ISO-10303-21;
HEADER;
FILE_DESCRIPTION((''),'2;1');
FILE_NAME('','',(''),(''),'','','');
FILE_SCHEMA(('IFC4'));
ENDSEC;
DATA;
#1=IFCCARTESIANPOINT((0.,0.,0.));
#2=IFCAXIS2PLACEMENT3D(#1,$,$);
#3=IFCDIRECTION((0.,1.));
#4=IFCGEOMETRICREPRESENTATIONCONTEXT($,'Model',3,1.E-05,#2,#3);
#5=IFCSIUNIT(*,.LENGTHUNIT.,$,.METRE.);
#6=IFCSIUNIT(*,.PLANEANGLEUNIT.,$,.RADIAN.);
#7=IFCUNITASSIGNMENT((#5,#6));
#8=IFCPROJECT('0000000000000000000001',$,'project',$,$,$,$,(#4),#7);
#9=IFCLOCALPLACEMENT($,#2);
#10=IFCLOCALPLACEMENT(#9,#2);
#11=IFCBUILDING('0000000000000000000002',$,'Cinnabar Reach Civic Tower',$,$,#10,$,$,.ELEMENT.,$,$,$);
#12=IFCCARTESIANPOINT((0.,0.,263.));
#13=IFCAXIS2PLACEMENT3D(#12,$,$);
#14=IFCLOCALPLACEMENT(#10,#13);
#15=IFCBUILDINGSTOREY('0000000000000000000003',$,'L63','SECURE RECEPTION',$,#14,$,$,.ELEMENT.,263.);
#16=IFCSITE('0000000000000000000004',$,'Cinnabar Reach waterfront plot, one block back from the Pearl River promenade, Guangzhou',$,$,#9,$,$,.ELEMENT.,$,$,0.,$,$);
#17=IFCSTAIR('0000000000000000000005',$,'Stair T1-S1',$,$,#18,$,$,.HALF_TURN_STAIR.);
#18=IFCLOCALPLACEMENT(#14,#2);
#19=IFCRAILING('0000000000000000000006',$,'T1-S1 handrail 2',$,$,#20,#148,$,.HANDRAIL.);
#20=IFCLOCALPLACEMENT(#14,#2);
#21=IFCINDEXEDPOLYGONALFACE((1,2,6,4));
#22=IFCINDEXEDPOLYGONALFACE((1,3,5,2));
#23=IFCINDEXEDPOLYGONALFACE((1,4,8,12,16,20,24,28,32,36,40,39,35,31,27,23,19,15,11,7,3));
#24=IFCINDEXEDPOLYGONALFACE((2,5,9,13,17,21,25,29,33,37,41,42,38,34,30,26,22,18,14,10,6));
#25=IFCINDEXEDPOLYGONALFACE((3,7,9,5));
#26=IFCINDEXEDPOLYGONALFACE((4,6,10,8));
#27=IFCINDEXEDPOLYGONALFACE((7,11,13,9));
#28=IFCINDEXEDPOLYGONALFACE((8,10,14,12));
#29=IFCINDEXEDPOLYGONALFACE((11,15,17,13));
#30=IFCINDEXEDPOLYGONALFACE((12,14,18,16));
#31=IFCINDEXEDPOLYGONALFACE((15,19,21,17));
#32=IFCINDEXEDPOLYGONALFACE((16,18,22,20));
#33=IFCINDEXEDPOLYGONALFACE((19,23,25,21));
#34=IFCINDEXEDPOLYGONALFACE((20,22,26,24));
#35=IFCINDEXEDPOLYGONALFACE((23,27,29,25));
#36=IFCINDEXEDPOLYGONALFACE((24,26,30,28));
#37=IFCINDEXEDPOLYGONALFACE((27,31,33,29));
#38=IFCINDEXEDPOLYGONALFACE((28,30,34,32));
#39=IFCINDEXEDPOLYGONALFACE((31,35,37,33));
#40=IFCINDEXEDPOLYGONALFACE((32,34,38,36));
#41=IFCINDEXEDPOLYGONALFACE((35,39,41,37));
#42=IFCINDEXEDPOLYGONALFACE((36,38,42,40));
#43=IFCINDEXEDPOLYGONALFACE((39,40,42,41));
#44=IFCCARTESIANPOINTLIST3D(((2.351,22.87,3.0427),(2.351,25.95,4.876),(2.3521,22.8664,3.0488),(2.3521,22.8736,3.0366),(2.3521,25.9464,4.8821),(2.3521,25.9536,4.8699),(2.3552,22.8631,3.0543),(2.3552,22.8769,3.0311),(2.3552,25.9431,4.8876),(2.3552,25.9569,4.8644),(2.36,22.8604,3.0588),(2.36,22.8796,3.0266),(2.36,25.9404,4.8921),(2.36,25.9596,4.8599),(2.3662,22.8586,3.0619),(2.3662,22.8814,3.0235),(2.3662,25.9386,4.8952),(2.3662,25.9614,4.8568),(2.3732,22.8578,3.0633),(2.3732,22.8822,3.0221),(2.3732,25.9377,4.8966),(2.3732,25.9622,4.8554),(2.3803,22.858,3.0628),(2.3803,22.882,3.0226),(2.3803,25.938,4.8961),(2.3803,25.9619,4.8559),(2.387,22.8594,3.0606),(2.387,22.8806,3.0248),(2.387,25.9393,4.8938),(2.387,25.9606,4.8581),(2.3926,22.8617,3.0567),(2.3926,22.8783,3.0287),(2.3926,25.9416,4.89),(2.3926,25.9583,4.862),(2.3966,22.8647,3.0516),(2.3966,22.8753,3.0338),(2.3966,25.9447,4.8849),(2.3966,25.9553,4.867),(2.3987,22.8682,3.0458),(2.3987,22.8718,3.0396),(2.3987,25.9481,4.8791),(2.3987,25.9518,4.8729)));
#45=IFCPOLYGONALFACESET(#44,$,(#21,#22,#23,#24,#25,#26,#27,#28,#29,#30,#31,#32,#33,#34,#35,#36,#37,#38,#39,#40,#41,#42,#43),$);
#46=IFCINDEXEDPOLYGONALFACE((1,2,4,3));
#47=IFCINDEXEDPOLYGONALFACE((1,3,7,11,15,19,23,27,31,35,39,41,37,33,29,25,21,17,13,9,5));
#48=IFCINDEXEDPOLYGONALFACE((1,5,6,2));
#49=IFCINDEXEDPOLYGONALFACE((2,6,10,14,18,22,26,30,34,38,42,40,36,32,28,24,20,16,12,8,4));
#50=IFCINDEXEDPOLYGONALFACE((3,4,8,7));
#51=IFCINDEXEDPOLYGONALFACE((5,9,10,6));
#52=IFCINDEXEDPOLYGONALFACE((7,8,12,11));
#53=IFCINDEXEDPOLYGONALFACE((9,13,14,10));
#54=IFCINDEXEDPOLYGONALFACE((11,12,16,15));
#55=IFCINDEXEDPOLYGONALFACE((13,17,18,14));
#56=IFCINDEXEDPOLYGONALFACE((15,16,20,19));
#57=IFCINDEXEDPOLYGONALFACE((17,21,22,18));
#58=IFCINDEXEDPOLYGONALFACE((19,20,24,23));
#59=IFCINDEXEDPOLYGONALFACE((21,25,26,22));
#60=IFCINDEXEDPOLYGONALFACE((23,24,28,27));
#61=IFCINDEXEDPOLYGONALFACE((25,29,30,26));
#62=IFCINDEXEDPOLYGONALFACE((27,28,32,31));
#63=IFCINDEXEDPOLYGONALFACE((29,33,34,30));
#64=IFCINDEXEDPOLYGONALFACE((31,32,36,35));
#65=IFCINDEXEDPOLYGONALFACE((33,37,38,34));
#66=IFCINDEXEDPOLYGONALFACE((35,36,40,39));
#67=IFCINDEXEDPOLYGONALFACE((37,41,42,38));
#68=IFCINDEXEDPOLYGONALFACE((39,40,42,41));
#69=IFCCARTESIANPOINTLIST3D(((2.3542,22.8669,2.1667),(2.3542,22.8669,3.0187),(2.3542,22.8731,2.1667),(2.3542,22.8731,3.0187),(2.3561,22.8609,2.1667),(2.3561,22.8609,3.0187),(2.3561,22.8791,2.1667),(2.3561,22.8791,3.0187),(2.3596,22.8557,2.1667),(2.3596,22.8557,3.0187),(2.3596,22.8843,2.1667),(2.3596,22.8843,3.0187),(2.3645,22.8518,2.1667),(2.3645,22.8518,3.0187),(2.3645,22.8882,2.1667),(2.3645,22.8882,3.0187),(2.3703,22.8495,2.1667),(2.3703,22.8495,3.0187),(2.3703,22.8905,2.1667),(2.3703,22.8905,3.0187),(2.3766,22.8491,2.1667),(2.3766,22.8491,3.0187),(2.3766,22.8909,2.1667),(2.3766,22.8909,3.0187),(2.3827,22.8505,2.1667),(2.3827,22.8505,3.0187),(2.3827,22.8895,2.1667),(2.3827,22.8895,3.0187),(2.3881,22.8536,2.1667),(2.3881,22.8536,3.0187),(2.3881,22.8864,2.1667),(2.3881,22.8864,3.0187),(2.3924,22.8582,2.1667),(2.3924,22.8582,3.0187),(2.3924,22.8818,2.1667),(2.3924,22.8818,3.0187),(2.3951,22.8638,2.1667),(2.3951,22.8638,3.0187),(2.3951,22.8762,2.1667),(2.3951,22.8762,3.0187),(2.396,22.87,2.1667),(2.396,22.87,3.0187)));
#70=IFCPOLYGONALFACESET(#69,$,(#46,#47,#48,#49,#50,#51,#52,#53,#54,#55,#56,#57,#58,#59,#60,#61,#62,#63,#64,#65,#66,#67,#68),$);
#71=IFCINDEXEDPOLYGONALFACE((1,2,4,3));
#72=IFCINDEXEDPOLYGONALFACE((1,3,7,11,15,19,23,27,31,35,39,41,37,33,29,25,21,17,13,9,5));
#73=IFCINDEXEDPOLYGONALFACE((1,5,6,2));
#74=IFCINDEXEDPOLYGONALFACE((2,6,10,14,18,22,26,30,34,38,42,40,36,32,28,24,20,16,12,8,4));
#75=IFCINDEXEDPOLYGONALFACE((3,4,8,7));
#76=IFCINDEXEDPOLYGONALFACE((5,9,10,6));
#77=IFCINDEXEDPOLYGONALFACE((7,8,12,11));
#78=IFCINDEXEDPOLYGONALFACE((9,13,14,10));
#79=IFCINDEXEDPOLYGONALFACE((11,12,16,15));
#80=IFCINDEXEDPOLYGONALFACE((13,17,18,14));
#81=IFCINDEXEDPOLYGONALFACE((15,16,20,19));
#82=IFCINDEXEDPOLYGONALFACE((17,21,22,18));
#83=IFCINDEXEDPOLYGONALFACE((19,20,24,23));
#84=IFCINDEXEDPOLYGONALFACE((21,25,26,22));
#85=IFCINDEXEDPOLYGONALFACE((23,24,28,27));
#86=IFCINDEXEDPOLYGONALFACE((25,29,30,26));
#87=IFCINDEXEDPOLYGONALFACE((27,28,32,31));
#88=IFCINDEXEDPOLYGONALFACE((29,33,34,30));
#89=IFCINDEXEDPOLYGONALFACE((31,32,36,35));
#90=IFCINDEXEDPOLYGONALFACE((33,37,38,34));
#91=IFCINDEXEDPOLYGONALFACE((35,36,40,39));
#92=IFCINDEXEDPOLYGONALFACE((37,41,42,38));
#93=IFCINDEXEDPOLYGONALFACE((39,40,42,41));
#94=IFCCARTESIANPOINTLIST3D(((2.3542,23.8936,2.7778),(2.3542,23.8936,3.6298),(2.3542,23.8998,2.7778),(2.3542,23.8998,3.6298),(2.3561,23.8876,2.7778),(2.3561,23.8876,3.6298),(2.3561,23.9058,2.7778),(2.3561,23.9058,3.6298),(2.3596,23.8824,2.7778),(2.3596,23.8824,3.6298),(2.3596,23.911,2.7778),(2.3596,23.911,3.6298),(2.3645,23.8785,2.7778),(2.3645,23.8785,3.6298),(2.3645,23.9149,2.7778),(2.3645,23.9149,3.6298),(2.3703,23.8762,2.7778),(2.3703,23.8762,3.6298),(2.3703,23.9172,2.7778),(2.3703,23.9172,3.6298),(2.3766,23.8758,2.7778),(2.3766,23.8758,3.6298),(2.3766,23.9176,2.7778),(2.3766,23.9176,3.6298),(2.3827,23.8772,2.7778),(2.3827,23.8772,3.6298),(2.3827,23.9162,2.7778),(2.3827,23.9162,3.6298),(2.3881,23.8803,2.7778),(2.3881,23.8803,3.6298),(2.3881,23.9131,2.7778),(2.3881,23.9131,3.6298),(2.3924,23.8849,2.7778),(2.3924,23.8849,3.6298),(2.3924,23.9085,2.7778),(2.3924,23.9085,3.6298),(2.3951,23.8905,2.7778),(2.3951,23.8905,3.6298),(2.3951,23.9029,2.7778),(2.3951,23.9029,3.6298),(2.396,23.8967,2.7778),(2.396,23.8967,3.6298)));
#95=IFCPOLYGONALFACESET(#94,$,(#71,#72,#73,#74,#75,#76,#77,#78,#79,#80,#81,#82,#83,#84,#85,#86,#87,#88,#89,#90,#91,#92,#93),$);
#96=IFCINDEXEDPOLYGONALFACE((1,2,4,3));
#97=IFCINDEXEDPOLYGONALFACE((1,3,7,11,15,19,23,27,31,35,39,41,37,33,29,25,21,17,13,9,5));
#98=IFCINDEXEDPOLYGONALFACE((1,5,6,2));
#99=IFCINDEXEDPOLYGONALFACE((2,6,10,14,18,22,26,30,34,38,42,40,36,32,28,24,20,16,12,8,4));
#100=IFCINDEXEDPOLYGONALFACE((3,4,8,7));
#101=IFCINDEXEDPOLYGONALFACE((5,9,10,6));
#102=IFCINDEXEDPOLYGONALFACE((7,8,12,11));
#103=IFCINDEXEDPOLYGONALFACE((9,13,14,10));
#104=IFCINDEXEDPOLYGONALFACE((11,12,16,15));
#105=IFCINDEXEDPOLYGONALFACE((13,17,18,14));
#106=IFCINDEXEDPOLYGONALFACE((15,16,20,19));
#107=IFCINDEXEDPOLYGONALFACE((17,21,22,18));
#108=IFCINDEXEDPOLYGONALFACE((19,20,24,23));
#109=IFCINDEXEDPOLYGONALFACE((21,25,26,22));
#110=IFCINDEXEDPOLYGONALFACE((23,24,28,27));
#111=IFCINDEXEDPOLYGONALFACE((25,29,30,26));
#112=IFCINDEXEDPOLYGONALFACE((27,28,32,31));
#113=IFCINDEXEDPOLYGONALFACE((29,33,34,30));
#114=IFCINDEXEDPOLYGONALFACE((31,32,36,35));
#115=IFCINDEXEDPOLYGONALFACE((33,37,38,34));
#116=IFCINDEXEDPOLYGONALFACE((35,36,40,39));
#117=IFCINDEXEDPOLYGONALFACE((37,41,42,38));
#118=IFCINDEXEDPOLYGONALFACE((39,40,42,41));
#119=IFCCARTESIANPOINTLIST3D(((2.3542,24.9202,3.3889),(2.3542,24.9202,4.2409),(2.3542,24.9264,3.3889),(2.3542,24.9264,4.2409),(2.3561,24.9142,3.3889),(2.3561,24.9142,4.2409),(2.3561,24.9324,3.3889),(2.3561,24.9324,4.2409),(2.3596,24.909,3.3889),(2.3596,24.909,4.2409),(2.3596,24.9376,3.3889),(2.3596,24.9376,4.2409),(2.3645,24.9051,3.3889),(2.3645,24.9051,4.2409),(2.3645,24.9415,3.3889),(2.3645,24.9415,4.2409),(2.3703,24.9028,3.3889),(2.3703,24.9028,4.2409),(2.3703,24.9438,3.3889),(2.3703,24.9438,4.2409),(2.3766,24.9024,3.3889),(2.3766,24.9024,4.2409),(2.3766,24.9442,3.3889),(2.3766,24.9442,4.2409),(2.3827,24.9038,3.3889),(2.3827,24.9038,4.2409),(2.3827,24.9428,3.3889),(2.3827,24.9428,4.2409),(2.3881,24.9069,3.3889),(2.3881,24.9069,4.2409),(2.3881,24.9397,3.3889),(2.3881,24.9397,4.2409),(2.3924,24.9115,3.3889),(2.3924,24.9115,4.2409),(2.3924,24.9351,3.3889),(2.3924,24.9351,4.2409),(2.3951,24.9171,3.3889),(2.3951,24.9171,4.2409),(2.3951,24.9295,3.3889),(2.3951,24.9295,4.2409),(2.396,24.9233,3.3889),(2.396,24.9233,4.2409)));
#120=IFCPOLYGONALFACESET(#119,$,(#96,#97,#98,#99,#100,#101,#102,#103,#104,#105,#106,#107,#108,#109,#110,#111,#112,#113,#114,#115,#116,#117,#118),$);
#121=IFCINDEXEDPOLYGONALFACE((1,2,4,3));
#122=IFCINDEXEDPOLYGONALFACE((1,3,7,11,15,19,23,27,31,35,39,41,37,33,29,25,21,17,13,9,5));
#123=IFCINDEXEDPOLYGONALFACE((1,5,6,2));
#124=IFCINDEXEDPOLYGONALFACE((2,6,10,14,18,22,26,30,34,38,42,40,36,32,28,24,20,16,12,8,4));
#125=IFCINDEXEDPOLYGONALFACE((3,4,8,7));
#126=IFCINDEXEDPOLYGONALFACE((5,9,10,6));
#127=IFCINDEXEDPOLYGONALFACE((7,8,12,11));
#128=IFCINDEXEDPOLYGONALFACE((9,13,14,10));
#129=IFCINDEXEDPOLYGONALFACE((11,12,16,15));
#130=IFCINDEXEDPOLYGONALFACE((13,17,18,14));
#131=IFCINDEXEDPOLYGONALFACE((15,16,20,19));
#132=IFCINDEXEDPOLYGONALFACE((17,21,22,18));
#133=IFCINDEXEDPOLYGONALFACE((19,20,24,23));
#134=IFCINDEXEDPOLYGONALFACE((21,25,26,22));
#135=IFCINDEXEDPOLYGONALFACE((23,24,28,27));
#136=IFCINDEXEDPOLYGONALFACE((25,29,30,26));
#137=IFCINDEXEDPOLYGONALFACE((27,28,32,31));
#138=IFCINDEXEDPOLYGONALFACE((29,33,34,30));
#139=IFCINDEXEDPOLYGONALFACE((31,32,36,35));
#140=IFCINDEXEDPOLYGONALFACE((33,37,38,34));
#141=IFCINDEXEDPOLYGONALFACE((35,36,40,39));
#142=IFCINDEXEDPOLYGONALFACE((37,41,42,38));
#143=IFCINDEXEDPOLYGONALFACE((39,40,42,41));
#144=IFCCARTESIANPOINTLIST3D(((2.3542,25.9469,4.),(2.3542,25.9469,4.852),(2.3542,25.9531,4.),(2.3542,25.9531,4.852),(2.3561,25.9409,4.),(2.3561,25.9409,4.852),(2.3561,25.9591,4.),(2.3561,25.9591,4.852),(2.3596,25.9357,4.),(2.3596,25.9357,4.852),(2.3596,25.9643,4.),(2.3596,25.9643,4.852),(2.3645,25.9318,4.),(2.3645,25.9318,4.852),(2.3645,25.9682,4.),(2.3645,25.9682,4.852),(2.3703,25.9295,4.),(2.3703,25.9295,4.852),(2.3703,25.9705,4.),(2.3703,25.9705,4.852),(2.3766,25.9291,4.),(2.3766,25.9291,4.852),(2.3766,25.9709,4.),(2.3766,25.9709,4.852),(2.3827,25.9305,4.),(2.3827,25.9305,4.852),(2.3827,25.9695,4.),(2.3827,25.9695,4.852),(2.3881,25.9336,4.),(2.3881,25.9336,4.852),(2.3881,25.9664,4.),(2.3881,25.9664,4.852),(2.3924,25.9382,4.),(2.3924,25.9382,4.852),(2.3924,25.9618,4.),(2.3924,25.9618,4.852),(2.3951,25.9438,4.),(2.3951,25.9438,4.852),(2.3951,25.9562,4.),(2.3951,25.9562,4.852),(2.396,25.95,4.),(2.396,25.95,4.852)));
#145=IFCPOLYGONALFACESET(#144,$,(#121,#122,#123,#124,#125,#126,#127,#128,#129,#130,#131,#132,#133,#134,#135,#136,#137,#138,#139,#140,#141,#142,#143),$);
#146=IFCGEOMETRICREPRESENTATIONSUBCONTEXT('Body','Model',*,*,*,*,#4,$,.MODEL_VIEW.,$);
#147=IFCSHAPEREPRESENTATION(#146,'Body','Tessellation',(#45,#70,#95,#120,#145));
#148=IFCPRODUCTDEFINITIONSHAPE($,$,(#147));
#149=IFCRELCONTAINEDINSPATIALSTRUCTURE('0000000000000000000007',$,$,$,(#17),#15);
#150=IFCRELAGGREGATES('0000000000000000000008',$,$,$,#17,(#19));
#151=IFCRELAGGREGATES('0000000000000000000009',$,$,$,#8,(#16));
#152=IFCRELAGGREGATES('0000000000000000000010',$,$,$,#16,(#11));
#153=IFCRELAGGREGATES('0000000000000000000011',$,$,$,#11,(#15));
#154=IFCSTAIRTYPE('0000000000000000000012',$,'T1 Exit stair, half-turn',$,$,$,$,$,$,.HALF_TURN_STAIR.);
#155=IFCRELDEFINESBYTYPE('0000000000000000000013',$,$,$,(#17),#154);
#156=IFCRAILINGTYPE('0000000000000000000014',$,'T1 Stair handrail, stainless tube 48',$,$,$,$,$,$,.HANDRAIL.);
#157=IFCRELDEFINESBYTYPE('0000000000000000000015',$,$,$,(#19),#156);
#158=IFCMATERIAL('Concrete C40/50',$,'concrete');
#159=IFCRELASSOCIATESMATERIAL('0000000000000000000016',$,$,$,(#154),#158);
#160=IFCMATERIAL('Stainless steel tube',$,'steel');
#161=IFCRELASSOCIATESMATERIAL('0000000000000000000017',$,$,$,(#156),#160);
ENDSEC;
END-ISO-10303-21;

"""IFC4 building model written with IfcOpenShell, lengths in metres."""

from ifc_helpers import new_model, si_unit, direction, frame, origin, origin_2d, place, context, subcontext, project, spatial, circle, extrude, material, type_object, element, aggregate, save


model = new_model("IFC4")

# Units and contexts
model_context = context("Model", 3, precision=1e-05, world=origin(), true_north=direction((0.0, 1.0)))
body_context = subcontext(model_context, "Body", "Model", "MODEL_VIEW")
ifc_project = project(units=[si_unit("LENGTHUNIT", "METRE"), si_unit("PLANEANGLEUNIT", "RADIAN")], contexts=[model_context])

# Site, building, storey
site_placement = place(None, origin())
site = spatial("IfcSite", under=ifc_project, at=site_placement, Name="Cinnabar Reach waterfront plot, one block back from the Pearl River promenade, Guangzhou", CompositionType="ELEMENT", RefElevation=0.0)
building_placement = place(site_placement, origin())
building = spatial("IfcBuilding", under=site, at=building_placement, Name="Cinnabar Reach Civic Tower", CompositionType="ELEMENT")
storey_placement = place(building_placement, frame((0.0, 0.0, 263.0)))
storey = spatial("IfcBuildingStorey", under=building, at=storey_placement, Name="L63", Description="SECURE RECEPTION", CompositionType="ELEMENT", Elevation=263.0)

# Shared definitions
ifc_material_1 = material(Name="Concrete C40/50", Category="concrete")

# Stair, railing
stair_type = type_object("IfcStairType", Name="T1 Exit stair, half-turn", PredefinedType="HALF_TURN_STAIR", material=ifc_material_1)
stair_placement = place(storey_placement, origin())
stair = element("IfcStair", 1, at=stair_placement, inside=storey, type_object=stair_type, Name="Stair T1-S1", PredefinedType="HALF_TURN_STAIR")
ifc_material_2 = material(Name="Stainless steel tube", Category="steel")
railing_type = type_object("IfcRailingType", Name="T1 Stair handrail, stainless tube 48", PredefinedType="HANDRAIL", material=ifc_material_2)
railing_1_placement = place(storey_placement, frame((2.375, 22.87, 2.1667)))
railing_1 = element("IfcRailing", 2, at=railing_1_placement, type_object=railing_type, Name="T1-S1 handrail 2", PredefinedType="HANDRAIL", context=body_context, shape_type="SweptSolid", body=[
    extrude(circle(Radius=0.024, at=origin_2d()), frame((0.0, 0.0, 0.876), z_axis=(0.0, 0.859297, 0.511477), x_axis=(-1.0, 0.0, 0.0)), (0.0, 0.0, 1.0), 3.5843),
    extrude(circle(Radius=0.021, at=origin_2d()), origin(), (0.0, 0.0, 1.0), 0.852),
    extrude(circle(Radius=0.021, at=origin_2d()), frame((0.0, 1.0267, 0.6111)), (0.0, 0.0, 1.0), 0.852),
    extrude(circle(Radius=0.021, at=origin_2d()), frame((0.0, 2.0533, 1.2222)), (0.0, 0.0, 1.0), 0.852),
    extrude(circle(Radius=0.021, at=origin_2d()), frame((0.0, 3.08, 1.8333)), (0.0, 0.0, 1.0), 0.852),
])
aggregate(stair, [railing_1])

save(model, "model.ifc")
